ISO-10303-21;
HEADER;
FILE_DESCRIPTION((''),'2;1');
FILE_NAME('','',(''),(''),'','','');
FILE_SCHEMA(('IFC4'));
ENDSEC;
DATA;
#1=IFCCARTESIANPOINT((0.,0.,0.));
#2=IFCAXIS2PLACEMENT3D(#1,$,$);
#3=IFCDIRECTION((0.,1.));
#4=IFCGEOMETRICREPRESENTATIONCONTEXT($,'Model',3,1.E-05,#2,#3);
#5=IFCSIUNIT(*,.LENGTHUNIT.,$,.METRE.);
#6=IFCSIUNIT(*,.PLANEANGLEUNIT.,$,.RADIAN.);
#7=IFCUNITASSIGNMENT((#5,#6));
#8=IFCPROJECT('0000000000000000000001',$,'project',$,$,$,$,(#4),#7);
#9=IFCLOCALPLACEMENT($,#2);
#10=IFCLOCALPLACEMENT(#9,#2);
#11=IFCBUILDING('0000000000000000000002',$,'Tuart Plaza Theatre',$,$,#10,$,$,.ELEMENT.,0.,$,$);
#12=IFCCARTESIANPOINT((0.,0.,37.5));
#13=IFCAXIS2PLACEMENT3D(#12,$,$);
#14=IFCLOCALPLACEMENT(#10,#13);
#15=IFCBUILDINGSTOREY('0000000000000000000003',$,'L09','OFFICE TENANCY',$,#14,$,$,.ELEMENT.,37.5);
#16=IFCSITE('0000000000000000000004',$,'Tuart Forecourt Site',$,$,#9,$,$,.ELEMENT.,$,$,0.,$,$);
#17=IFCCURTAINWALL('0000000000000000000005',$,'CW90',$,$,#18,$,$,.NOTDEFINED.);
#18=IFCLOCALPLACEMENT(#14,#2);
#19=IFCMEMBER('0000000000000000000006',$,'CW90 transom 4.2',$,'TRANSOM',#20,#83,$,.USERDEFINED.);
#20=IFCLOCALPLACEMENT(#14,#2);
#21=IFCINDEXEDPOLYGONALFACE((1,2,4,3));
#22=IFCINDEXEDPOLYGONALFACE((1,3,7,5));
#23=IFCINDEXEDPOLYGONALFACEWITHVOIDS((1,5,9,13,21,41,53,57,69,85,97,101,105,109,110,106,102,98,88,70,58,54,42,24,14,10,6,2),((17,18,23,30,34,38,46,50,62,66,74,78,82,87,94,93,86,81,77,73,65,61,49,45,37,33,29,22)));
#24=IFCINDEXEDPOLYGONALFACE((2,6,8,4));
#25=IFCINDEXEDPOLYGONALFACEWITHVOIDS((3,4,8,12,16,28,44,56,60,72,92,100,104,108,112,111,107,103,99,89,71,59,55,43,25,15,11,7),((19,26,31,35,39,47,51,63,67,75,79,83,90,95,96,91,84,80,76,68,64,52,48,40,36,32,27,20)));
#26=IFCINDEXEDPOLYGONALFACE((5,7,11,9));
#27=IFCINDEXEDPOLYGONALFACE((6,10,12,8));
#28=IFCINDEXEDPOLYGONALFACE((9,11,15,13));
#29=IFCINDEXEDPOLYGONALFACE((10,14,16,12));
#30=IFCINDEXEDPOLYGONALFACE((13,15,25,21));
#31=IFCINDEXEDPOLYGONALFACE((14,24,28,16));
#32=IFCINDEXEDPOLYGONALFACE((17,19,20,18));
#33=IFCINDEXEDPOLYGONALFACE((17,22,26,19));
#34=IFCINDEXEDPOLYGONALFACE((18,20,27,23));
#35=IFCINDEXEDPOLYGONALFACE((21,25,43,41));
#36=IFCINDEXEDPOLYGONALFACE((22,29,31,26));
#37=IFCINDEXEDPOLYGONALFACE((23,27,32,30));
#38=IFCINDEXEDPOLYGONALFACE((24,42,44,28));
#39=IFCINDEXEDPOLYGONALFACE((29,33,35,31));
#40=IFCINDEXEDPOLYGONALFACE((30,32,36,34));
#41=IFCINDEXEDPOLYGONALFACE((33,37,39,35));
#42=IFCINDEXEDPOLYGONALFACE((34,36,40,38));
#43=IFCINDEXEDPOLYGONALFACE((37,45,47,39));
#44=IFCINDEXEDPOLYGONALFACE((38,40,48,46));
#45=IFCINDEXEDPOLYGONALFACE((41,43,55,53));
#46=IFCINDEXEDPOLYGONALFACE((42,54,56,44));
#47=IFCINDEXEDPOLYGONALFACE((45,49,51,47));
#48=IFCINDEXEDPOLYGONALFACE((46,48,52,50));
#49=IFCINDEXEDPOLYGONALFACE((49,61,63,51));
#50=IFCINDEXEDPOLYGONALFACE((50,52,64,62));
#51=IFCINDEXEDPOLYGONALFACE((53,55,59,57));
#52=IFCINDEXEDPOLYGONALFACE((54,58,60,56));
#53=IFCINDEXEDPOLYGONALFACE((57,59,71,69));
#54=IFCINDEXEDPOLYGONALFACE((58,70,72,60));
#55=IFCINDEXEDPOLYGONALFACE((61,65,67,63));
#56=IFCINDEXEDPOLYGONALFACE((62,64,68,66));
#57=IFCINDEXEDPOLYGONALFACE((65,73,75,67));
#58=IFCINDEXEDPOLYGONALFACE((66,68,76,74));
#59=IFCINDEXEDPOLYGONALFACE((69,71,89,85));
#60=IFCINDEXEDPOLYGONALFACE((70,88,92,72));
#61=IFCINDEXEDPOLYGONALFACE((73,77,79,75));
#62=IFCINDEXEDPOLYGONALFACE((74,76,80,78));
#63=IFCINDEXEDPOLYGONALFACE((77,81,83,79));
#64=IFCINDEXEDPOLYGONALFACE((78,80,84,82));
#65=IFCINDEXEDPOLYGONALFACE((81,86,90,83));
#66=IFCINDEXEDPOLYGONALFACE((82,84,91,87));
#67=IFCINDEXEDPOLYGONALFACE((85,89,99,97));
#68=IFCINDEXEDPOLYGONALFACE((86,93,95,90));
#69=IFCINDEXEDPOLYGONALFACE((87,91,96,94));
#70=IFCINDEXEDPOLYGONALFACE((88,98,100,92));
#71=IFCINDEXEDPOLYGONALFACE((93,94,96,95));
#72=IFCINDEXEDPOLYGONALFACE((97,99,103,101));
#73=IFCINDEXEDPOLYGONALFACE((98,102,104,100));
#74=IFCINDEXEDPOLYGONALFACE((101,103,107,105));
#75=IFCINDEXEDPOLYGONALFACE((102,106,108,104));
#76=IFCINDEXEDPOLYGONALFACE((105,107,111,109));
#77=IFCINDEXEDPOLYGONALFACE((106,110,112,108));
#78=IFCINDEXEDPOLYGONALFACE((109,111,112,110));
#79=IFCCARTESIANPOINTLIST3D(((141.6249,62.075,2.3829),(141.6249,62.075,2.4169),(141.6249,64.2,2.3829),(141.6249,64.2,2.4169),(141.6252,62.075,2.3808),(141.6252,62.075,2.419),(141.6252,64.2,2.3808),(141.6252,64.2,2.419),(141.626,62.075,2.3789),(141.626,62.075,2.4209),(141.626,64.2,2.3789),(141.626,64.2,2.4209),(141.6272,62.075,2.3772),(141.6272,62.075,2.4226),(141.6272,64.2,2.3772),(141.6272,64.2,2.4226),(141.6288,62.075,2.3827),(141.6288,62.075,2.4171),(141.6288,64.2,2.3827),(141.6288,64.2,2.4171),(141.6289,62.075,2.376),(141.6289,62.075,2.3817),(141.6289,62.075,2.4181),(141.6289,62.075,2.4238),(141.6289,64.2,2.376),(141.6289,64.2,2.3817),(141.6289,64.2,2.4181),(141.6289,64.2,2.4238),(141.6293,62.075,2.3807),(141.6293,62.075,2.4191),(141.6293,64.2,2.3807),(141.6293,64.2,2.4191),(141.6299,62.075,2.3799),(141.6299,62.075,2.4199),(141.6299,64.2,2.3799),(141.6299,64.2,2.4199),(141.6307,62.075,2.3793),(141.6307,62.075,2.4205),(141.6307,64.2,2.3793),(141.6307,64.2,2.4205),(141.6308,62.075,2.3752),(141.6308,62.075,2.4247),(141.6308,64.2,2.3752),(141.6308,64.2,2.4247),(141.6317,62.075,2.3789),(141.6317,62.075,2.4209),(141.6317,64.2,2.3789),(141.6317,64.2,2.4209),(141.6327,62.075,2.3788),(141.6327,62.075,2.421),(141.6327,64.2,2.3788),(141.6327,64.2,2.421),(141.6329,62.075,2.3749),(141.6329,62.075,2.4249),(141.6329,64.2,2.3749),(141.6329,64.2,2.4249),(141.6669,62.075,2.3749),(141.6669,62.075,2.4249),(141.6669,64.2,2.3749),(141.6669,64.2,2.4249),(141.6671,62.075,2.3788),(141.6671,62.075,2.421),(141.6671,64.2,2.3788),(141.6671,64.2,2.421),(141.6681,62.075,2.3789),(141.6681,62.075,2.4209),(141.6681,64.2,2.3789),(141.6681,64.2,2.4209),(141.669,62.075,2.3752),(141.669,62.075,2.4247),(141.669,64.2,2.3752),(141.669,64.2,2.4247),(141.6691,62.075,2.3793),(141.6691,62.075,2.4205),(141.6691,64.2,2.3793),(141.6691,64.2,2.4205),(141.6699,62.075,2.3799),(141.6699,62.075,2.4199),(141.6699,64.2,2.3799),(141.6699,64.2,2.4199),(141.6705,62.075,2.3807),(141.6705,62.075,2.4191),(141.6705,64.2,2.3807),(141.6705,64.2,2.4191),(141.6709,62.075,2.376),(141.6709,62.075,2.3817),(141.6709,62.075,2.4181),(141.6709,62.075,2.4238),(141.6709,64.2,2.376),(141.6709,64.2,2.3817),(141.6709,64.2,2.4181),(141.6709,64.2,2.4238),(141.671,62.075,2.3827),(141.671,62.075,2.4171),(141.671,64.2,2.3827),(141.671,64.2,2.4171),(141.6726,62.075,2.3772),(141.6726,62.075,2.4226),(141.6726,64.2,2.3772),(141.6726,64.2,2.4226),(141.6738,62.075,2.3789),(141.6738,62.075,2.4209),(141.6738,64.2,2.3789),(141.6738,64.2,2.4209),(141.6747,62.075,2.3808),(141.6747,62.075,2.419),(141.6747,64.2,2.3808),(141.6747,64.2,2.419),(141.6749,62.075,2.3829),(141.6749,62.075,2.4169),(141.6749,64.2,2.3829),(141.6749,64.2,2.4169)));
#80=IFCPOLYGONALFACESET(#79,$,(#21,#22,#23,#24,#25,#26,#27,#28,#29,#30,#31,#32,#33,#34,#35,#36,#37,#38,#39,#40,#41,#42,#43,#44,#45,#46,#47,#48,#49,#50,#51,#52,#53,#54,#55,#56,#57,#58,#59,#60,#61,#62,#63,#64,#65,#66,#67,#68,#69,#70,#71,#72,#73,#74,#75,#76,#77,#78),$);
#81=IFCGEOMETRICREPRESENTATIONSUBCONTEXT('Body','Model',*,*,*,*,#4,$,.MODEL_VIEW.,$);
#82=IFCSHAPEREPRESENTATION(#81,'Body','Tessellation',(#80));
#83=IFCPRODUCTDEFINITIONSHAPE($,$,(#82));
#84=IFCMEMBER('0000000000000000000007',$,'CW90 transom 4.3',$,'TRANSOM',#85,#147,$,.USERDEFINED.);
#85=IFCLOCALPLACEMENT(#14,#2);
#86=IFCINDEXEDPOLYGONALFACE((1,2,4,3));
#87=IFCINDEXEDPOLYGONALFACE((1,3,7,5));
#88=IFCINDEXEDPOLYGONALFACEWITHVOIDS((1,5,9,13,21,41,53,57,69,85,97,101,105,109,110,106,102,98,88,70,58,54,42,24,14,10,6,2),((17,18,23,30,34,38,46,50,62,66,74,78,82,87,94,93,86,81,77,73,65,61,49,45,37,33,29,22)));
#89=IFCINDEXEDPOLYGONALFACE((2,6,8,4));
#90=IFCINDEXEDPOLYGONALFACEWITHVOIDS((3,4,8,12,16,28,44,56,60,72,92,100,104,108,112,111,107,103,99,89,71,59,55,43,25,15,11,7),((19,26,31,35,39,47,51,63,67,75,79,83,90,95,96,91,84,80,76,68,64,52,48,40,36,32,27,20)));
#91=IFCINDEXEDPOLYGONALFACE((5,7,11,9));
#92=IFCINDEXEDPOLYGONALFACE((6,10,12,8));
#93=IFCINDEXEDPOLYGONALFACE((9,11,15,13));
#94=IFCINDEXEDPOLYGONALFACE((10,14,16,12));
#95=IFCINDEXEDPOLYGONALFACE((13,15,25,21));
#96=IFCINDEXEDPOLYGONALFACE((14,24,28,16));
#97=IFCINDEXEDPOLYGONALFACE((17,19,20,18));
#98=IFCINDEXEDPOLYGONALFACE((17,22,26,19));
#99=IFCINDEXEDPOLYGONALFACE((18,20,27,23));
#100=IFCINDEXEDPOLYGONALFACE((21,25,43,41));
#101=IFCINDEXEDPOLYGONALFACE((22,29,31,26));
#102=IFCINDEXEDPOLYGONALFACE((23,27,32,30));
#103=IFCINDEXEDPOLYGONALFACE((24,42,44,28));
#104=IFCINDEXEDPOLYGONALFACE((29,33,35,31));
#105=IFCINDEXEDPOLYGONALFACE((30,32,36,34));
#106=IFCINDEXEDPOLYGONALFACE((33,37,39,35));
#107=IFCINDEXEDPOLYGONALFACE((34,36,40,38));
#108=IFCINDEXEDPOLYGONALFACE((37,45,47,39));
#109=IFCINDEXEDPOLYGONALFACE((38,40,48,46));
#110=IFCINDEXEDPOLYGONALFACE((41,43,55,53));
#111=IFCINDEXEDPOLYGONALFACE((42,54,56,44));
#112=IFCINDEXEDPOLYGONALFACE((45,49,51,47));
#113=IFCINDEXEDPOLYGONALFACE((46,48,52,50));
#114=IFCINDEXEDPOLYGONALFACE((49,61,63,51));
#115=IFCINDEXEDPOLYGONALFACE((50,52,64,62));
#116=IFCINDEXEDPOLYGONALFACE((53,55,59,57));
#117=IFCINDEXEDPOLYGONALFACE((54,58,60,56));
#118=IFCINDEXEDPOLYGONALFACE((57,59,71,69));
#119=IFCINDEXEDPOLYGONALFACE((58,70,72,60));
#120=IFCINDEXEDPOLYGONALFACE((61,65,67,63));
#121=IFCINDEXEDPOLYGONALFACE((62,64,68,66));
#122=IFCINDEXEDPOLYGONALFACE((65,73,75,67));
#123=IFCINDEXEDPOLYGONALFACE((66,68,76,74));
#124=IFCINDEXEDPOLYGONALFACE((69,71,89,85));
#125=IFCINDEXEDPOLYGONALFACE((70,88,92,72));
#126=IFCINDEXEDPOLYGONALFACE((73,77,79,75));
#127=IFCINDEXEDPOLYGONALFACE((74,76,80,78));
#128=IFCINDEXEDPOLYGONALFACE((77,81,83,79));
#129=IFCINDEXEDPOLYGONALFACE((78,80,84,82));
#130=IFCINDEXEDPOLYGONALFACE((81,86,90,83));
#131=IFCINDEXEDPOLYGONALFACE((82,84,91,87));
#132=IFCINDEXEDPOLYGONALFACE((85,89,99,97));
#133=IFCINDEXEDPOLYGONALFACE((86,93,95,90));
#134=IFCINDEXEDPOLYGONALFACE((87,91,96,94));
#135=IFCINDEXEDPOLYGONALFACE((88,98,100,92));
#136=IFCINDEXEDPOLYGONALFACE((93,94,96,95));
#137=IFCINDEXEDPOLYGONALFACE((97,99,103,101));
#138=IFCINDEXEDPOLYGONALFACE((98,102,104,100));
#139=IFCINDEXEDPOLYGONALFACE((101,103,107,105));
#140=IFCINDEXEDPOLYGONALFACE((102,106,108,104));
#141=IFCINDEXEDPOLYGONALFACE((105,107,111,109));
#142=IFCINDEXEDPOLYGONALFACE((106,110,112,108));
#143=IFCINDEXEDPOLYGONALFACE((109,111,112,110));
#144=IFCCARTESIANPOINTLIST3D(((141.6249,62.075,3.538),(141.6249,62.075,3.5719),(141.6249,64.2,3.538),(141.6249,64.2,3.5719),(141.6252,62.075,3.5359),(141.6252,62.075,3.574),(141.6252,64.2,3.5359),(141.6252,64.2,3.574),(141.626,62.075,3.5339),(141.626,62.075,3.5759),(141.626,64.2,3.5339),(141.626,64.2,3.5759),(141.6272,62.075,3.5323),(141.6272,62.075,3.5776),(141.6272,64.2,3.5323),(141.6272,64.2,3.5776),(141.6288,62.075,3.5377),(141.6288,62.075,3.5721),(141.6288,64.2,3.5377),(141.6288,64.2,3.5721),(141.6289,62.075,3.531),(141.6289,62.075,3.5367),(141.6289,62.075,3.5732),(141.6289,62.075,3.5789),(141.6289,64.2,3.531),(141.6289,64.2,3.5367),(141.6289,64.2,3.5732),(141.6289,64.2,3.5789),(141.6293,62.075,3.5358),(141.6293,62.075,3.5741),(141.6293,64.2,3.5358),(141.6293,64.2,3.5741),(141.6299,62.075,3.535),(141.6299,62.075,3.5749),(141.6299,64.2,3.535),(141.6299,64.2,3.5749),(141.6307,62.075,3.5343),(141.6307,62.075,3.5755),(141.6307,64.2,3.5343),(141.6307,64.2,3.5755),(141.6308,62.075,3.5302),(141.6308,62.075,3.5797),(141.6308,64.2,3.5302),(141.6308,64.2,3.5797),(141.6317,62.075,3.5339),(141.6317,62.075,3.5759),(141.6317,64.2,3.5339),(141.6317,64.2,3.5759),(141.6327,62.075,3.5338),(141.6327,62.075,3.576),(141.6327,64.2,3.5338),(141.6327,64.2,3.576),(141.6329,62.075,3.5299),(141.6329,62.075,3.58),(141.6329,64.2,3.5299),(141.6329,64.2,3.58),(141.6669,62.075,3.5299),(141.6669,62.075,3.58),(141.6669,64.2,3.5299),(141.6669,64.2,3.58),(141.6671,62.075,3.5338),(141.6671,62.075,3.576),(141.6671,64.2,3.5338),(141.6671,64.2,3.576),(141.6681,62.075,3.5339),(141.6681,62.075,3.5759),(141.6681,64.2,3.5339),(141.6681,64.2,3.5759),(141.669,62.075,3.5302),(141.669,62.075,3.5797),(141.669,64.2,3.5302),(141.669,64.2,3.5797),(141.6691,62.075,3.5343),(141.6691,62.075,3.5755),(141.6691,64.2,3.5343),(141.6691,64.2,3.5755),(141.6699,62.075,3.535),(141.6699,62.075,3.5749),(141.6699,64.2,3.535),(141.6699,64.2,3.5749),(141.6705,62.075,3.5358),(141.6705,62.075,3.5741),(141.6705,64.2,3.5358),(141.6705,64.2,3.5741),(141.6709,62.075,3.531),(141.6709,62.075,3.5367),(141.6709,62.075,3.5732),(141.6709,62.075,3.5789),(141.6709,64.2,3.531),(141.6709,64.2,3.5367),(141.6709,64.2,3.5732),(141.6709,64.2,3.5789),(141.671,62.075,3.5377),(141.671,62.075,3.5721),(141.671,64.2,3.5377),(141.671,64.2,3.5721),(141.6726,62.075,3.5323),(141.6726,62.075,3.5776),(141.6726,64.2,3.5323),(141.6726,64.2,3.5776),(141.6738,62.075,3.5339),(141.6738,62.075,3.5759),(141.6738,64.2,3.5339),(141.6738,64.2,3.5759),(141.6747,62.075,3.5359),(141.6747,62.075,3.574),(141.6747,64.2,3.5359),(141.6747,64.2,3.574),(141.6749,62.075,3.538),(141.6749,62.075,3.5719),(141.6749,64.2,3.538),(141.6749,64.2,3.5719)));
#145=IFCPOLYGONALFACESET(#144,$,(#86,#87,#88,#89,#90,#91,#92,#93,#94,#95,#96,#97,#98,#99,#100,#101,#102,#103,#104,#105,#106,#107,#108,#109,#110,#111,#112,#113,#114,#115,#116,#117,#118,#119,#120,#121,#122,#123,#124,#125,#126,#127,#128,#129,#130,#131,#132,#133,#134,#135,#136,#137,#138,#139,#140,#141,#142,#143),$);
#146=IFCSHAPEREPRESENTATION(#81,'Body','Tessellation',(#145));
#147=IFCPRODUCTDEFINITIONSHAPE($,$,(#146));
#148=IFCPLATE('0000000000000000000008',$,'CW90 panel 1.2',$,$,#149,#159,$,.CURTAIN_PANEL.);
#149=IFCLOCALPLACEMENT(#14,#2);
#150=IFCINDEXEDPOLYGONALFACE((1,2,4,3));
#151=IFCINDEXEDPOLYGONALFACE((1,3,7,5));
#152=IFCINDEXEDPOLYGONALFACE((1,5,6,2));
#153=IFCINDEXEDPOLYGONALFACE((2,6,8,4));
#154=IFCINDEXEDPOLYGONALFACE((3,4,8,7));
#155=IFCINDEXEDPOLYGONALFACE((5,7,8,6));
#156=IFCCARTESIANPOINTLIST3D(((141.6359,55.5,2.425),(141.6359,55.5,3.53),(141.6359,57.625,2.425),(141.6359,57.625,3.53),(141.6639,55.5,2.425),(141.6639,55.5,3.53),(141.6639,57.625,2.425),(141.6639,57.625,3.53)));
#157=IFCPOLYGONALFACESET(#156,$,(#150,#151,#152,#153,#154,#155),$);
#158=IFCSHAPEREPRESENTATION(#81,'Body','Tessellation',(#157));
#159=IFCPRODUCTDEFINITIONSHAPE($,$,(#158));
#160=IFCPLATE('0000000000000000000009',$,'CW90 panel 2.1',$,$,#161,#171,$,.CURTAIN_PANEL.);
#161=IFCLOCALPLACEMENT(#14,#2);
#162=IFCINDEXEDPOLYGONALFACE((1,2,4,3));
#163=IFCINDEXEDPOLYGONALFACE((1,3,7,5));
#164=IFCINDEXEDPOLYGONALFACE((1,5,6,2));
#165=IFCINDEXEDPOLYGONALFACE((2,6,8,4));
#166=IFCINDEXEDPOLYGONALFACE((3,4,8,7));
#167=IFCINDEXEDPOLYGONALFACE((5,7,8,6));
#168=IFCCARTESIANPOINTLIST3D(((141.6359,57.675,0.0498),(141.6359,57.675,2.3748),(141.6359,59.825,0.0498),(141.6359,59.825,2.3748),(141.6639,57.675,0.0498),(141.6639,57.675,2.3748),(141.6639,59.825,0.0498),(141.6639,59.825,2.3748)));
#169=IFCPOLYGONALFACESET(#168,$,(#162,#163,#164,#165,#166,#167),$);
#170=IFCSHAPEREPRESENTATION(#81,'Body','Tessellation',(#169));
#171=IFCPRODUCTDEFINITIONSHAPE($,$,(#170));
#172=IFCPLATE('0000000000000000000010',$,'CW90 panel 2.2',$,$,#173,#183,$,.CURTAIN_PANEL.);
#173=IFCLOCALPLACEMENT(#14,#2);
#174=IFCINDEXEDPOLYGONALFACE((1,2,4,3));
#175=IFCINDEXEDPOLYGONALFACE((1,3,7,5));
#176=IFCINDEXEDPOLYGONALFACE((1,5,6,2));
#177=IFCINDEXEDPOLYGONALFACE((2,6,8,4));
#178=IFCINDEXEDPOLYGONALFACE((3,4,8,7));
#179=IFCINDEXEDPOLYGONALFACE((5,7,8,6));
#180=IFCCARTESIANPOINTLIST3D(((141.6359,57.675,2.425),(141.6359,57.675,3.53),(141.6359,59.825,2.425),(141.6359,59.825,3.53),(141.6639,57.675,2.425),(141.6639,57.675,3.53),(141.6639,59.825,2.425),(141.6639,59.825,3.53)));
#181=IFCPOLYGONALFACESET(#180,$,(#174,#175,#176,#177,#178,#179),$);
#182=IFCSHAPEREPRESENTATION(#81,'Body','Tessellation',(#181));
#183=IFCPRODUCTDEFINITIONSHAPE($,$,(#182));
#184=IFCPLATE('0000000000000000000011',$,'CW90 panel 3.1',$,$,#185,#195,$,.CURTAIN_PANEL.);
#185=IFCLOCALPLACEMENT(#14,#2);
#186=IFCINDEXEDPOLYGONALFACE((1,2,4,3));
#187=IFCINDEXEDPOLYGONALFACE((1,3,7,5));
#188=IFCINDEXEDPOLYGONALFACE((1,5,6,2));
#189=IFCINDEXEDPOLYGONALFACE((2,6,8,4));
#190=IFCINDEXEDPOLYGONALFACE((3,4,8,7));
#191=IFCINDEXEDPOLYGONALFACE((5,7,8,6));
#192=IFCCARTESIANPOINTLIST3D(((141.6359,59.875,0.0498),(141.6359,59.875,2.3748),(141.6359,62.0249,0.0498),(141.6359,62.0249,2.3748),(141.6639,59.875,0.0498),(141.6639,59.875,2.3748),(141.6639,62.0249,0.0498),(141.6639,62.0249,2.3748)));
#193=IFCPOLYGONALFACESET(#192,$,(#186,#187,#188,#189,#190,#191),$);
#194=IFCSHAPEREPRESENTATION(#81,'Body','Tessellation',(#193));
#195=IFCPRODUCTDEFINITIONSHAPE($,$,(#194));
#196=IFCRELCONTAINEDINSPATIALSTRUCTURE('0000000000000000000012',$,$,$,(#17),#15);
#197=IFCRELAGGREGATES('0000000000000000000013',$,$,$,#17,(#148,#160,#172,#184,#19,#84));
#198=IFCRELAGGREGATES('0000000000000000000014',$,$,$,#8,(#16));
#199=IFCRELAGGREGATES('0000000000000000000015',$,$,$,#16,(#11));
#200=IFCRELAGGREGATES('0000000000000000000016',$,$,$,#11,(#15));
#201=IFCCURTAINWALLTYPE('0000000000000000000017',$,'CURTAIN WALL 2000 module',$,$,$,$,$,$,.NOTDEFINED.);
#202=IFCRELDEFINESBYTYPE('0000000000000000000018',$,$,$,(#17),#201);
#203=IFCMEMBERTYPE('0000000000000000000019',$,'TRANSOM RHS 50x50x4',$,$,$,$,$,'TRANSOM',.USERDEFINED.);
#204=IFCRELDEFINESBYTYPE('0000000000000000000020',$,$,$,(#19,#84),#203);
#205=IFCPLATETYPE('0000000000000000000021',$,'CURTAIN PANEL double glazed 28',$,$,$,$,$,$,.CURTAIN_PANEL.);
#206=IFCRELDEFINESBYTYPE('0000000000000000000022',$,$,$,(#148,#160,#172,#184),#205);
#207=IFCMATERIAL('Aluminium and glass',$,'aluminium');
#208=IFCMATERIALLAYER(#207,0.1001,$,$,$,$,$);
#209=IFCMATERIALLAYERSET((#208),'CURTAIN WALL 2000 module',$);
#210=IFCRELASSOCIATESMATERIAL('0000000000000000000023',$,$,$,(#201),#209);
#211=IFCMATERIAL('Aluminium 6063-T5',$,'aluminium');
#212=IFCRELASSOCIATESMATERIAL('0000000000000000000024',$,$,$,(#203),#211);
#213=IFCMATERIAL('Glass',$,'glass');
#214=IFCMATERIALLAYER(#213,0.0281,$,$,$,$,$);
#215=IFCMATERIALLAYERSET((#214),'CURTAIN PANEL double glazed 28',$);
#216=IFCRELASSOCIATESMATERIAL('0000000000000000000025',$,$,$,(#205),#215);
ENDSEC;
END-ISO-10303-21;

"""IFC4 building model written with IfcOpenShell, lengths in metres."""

from ifc_helpers import new_model, si_unit, direction, frame, origin, origin_2d, place, context, subcontext, project, spatial, rectangle, hollow_rectangle, extrude, material, layer, layer_set, material_profile, profile_set, type_object, element, aggregate, save


model = new_model("IFC4")

# Units and contexts
model_context = context("Model", 3, precision=1e-05, world=origin(), true_north=direction((0.0, 1.0)))
body_context = subcontext(model_context, "Body", "Model", "MODEL_VIEW")
ifc_project = project(units=[si_unit("LENGTHUNIT", "METRE"), si_unit("PLANEANGLEUNIT", "RADIAN")], contexts=[model_context])

# Site, building, storey
site_placement = place(None, origin())
site = spatial("IfcSite", under=ifc_project, at=site_placement, Name="Tuart Forecourt Site", CompositionType="ELEMENT", RefElevation=0.0)
building_placement = place(site_placement, origin())
building = spatial("IfcBuilding", under=site, at=building_placement, Name="Tuart Plaza Theatre", CompositionType="ELEMENT", ElevationOfRefHeight=0.0)
storey_placement = place(building_placement, frame((0.0, 0.0, 37.5)))
storey = spatial("IfcBuildingStorey", under=building, at=storey_placement, Name="L09", Description="OFFICE TENANCY", CompositionType="ELEMENT", Elevation=37.5)

# Shared definitions
ifc_material_1 = material(Name="Aluminium and glass", Category="aluminium")
ifc_layer_1 = layer(ifc_material_1, 0.1001)
ifc_layer_set_1 = layer_set([ifc_layer_1], Name="CURTAIN WALL 2000 module")
curtain_wall_type = type_object("IfcCurtainWallType", Name="CURTAIN WALL 2000 module", PredefinedType="NOTDEFINED", material=ifc_layer_set_1)

# Curtain wall, members, plates
curtain_wall_1_placement = place(storey_placement, origin())
curtain_wall_1 = element("IfcCurtainWall", 1, at=curtain_wall_1_placement, inside=storey, type_object=curtain_wall_type, Name="CW90", PredefinedType="NOTDEFINED")
ifc_material_2 = material(Name="Aluminium 6063-T5", Category="aluminium")
ifc_material_profile_1 = material_profile(ifc_material_2, hollow_rectangle(XDim=0.05, YDim=0.05, WallThickness=0.0039, InnerFilletRadius=0.0039, OuterFilletRadius=0.0081, at=origin_2d()), Name="RHS 50x50x4")
ifc_profile_set_1 = profile_set([ifc_material_profile_1], Name="Aluminium 6063-T5")
member_type_1 = type_object("IfcMemberType", Name="TRANSOM RHS 50x50x4", ElementType="TRANSOM", PredefinedType="USERDEFINED", material=ifc_profile_set_1)
member_1_placement = place(storey_placement, frame((141.6499, 62.075, 2.3999), z_axis=(0.0, 1.0, 0.0), x_axis=(-1.0, 0.0, 0.0)))
member_1 = element("IfcMember", 2, at=member_1_placement, type_object=member_type_1, Name="CW90 transom 4.2", ObjectType="TRANSOM", PredefinedType="USERDEFINED", context=body_context, shape_type="SweptSolid", body=[
    extrude(hollow_rectangle(XDim=0.05, YDim=0.05, WallThickness=0.0039, InnerFilletRadius=0.0039, OuterFilletRadius=0.0081, at=origin_2d()), origin(), (0.0, 0.0, 1.0), 2.125),
])
member_2_placement = place(storey_placement, frame((141.6499, 62.075, 3.5549), z_axis=(0.0, 1.0, 0.0), x_axis=(-1.0, 0.0, 0.0)))
member_2 = element("IfcMember", 3, at=member_2_placement, type_object=member_type_1, Name="CW90 transom 4.3", ObjectType="TRANSOM", PredefinedType="USERDEFINED", context=body_context, shape_type="SweptSolid", body=[
    extrude(hollow_rectangle(XDim=0.05, YDim=0.05, WallThickness=0.0039, InnerFilletRadius=0.0039, OuterFilletRadius=0.0081, at=origin_2d()), origin(), (0.0, 0.0, 1.0), 2.125),
])
ifc_material_3 = material(Name="Glass", Category="glass")
ifc_layer_2 = layer(ifc_material_3, 0.0281)
ifc_layer_set_2 = layer_set([ifc_layer_2], Name="CURTAIN PANEL double glazed 28")
plate_type = type_object("IfcPlateType", Name="CURTAIN PANEL double glazed 28", PredefinedType="CURTAIN_PANEL", material=ifc_layer_set_2)
plate_1_placement = place(storey_placement, frame((141.6499, 56.5625, 2.425), z_axis=(0.0, 0.0, 1.0), x_axis=(0.0, 1.0, 0.0)))
plate_1 = element("IfcPlate", 4, at=plate_1_placement, type_object=plate_type, Name="CW90 panel 1.2", PredefinedType="CURTAIN_PANEL", context=body_context, shape_type="SweptSolid", body=[
    extrude(rectangle(XDim=2.125, YDim=0.0281, at=origin_2d()), origin(), (0.0, 0.0, 1.0), 1.105),
])
plate_2_placement = place(storey_placement, frame((141.6499, 58.75, 0.0498), z_axis=(0.0, 0.0, 1.0), x_axis=(0.0, 1.0, 0.0)))
plate_2 = element("IfcPlate", 5, at=plate_2_placement, type_object=plate_type, Name="CW90 panel 2.1", PredefinedType="CURTAIN_PANEL", context=body_context, shape_type="SweptSolid", body=[
    extrude(rectangle(XDim=2.1499, YDim=0.0281, at=origin_2d()), origin(), (0.0, 0.0, 1.0), 2.325),
])
plate_3_placement = place(storey_placement, frame((141.6499, 58.75, 2.425), z_axis=(0.0, 0.0, 1.0), x_axis=(0.0, 1.0, 0.0)))
plate_3 = element("IfcPlate", 6, at=plate_3_placement, type_object=plate_type, Name="CW90 panel 2.2", PredefinedType="CURTAIN_PANEL", context=body_context, shape_type="SweptSolid", body=[
    extrude(rectangle(XDim=2.1499, YDim=0.0281, at=origin_2d()), origin(), (0.0, 0.0, 1.0), 1.105),
])
plate_4_placement = place(storey_placement, frame((141.6499, 60.95, 0.0498), z_axis=(0.0, 0.0, 1.0), x_axis=(0.0, 1.0, 0.0)))
plate_4 = element("IfcPlate", 7, at=plate_4_placement, type_object=plate_type, Name="CW90 panel 3.1", PredefinedType="CURTAIN_PANEL", context=body_context, shape_type="SweptSolid", body=[
    extrude(rectangle(XDim=2.1499, YDim=0.0281, at=origin_2d()), origin(), (0.0, 0.0, 1.0), 2.325),
])
aggregate(curtain_wall_1, [plate_1, plate_2, plate_3, plate_4, member_1, member_2])

save(model, "model.ifc")
